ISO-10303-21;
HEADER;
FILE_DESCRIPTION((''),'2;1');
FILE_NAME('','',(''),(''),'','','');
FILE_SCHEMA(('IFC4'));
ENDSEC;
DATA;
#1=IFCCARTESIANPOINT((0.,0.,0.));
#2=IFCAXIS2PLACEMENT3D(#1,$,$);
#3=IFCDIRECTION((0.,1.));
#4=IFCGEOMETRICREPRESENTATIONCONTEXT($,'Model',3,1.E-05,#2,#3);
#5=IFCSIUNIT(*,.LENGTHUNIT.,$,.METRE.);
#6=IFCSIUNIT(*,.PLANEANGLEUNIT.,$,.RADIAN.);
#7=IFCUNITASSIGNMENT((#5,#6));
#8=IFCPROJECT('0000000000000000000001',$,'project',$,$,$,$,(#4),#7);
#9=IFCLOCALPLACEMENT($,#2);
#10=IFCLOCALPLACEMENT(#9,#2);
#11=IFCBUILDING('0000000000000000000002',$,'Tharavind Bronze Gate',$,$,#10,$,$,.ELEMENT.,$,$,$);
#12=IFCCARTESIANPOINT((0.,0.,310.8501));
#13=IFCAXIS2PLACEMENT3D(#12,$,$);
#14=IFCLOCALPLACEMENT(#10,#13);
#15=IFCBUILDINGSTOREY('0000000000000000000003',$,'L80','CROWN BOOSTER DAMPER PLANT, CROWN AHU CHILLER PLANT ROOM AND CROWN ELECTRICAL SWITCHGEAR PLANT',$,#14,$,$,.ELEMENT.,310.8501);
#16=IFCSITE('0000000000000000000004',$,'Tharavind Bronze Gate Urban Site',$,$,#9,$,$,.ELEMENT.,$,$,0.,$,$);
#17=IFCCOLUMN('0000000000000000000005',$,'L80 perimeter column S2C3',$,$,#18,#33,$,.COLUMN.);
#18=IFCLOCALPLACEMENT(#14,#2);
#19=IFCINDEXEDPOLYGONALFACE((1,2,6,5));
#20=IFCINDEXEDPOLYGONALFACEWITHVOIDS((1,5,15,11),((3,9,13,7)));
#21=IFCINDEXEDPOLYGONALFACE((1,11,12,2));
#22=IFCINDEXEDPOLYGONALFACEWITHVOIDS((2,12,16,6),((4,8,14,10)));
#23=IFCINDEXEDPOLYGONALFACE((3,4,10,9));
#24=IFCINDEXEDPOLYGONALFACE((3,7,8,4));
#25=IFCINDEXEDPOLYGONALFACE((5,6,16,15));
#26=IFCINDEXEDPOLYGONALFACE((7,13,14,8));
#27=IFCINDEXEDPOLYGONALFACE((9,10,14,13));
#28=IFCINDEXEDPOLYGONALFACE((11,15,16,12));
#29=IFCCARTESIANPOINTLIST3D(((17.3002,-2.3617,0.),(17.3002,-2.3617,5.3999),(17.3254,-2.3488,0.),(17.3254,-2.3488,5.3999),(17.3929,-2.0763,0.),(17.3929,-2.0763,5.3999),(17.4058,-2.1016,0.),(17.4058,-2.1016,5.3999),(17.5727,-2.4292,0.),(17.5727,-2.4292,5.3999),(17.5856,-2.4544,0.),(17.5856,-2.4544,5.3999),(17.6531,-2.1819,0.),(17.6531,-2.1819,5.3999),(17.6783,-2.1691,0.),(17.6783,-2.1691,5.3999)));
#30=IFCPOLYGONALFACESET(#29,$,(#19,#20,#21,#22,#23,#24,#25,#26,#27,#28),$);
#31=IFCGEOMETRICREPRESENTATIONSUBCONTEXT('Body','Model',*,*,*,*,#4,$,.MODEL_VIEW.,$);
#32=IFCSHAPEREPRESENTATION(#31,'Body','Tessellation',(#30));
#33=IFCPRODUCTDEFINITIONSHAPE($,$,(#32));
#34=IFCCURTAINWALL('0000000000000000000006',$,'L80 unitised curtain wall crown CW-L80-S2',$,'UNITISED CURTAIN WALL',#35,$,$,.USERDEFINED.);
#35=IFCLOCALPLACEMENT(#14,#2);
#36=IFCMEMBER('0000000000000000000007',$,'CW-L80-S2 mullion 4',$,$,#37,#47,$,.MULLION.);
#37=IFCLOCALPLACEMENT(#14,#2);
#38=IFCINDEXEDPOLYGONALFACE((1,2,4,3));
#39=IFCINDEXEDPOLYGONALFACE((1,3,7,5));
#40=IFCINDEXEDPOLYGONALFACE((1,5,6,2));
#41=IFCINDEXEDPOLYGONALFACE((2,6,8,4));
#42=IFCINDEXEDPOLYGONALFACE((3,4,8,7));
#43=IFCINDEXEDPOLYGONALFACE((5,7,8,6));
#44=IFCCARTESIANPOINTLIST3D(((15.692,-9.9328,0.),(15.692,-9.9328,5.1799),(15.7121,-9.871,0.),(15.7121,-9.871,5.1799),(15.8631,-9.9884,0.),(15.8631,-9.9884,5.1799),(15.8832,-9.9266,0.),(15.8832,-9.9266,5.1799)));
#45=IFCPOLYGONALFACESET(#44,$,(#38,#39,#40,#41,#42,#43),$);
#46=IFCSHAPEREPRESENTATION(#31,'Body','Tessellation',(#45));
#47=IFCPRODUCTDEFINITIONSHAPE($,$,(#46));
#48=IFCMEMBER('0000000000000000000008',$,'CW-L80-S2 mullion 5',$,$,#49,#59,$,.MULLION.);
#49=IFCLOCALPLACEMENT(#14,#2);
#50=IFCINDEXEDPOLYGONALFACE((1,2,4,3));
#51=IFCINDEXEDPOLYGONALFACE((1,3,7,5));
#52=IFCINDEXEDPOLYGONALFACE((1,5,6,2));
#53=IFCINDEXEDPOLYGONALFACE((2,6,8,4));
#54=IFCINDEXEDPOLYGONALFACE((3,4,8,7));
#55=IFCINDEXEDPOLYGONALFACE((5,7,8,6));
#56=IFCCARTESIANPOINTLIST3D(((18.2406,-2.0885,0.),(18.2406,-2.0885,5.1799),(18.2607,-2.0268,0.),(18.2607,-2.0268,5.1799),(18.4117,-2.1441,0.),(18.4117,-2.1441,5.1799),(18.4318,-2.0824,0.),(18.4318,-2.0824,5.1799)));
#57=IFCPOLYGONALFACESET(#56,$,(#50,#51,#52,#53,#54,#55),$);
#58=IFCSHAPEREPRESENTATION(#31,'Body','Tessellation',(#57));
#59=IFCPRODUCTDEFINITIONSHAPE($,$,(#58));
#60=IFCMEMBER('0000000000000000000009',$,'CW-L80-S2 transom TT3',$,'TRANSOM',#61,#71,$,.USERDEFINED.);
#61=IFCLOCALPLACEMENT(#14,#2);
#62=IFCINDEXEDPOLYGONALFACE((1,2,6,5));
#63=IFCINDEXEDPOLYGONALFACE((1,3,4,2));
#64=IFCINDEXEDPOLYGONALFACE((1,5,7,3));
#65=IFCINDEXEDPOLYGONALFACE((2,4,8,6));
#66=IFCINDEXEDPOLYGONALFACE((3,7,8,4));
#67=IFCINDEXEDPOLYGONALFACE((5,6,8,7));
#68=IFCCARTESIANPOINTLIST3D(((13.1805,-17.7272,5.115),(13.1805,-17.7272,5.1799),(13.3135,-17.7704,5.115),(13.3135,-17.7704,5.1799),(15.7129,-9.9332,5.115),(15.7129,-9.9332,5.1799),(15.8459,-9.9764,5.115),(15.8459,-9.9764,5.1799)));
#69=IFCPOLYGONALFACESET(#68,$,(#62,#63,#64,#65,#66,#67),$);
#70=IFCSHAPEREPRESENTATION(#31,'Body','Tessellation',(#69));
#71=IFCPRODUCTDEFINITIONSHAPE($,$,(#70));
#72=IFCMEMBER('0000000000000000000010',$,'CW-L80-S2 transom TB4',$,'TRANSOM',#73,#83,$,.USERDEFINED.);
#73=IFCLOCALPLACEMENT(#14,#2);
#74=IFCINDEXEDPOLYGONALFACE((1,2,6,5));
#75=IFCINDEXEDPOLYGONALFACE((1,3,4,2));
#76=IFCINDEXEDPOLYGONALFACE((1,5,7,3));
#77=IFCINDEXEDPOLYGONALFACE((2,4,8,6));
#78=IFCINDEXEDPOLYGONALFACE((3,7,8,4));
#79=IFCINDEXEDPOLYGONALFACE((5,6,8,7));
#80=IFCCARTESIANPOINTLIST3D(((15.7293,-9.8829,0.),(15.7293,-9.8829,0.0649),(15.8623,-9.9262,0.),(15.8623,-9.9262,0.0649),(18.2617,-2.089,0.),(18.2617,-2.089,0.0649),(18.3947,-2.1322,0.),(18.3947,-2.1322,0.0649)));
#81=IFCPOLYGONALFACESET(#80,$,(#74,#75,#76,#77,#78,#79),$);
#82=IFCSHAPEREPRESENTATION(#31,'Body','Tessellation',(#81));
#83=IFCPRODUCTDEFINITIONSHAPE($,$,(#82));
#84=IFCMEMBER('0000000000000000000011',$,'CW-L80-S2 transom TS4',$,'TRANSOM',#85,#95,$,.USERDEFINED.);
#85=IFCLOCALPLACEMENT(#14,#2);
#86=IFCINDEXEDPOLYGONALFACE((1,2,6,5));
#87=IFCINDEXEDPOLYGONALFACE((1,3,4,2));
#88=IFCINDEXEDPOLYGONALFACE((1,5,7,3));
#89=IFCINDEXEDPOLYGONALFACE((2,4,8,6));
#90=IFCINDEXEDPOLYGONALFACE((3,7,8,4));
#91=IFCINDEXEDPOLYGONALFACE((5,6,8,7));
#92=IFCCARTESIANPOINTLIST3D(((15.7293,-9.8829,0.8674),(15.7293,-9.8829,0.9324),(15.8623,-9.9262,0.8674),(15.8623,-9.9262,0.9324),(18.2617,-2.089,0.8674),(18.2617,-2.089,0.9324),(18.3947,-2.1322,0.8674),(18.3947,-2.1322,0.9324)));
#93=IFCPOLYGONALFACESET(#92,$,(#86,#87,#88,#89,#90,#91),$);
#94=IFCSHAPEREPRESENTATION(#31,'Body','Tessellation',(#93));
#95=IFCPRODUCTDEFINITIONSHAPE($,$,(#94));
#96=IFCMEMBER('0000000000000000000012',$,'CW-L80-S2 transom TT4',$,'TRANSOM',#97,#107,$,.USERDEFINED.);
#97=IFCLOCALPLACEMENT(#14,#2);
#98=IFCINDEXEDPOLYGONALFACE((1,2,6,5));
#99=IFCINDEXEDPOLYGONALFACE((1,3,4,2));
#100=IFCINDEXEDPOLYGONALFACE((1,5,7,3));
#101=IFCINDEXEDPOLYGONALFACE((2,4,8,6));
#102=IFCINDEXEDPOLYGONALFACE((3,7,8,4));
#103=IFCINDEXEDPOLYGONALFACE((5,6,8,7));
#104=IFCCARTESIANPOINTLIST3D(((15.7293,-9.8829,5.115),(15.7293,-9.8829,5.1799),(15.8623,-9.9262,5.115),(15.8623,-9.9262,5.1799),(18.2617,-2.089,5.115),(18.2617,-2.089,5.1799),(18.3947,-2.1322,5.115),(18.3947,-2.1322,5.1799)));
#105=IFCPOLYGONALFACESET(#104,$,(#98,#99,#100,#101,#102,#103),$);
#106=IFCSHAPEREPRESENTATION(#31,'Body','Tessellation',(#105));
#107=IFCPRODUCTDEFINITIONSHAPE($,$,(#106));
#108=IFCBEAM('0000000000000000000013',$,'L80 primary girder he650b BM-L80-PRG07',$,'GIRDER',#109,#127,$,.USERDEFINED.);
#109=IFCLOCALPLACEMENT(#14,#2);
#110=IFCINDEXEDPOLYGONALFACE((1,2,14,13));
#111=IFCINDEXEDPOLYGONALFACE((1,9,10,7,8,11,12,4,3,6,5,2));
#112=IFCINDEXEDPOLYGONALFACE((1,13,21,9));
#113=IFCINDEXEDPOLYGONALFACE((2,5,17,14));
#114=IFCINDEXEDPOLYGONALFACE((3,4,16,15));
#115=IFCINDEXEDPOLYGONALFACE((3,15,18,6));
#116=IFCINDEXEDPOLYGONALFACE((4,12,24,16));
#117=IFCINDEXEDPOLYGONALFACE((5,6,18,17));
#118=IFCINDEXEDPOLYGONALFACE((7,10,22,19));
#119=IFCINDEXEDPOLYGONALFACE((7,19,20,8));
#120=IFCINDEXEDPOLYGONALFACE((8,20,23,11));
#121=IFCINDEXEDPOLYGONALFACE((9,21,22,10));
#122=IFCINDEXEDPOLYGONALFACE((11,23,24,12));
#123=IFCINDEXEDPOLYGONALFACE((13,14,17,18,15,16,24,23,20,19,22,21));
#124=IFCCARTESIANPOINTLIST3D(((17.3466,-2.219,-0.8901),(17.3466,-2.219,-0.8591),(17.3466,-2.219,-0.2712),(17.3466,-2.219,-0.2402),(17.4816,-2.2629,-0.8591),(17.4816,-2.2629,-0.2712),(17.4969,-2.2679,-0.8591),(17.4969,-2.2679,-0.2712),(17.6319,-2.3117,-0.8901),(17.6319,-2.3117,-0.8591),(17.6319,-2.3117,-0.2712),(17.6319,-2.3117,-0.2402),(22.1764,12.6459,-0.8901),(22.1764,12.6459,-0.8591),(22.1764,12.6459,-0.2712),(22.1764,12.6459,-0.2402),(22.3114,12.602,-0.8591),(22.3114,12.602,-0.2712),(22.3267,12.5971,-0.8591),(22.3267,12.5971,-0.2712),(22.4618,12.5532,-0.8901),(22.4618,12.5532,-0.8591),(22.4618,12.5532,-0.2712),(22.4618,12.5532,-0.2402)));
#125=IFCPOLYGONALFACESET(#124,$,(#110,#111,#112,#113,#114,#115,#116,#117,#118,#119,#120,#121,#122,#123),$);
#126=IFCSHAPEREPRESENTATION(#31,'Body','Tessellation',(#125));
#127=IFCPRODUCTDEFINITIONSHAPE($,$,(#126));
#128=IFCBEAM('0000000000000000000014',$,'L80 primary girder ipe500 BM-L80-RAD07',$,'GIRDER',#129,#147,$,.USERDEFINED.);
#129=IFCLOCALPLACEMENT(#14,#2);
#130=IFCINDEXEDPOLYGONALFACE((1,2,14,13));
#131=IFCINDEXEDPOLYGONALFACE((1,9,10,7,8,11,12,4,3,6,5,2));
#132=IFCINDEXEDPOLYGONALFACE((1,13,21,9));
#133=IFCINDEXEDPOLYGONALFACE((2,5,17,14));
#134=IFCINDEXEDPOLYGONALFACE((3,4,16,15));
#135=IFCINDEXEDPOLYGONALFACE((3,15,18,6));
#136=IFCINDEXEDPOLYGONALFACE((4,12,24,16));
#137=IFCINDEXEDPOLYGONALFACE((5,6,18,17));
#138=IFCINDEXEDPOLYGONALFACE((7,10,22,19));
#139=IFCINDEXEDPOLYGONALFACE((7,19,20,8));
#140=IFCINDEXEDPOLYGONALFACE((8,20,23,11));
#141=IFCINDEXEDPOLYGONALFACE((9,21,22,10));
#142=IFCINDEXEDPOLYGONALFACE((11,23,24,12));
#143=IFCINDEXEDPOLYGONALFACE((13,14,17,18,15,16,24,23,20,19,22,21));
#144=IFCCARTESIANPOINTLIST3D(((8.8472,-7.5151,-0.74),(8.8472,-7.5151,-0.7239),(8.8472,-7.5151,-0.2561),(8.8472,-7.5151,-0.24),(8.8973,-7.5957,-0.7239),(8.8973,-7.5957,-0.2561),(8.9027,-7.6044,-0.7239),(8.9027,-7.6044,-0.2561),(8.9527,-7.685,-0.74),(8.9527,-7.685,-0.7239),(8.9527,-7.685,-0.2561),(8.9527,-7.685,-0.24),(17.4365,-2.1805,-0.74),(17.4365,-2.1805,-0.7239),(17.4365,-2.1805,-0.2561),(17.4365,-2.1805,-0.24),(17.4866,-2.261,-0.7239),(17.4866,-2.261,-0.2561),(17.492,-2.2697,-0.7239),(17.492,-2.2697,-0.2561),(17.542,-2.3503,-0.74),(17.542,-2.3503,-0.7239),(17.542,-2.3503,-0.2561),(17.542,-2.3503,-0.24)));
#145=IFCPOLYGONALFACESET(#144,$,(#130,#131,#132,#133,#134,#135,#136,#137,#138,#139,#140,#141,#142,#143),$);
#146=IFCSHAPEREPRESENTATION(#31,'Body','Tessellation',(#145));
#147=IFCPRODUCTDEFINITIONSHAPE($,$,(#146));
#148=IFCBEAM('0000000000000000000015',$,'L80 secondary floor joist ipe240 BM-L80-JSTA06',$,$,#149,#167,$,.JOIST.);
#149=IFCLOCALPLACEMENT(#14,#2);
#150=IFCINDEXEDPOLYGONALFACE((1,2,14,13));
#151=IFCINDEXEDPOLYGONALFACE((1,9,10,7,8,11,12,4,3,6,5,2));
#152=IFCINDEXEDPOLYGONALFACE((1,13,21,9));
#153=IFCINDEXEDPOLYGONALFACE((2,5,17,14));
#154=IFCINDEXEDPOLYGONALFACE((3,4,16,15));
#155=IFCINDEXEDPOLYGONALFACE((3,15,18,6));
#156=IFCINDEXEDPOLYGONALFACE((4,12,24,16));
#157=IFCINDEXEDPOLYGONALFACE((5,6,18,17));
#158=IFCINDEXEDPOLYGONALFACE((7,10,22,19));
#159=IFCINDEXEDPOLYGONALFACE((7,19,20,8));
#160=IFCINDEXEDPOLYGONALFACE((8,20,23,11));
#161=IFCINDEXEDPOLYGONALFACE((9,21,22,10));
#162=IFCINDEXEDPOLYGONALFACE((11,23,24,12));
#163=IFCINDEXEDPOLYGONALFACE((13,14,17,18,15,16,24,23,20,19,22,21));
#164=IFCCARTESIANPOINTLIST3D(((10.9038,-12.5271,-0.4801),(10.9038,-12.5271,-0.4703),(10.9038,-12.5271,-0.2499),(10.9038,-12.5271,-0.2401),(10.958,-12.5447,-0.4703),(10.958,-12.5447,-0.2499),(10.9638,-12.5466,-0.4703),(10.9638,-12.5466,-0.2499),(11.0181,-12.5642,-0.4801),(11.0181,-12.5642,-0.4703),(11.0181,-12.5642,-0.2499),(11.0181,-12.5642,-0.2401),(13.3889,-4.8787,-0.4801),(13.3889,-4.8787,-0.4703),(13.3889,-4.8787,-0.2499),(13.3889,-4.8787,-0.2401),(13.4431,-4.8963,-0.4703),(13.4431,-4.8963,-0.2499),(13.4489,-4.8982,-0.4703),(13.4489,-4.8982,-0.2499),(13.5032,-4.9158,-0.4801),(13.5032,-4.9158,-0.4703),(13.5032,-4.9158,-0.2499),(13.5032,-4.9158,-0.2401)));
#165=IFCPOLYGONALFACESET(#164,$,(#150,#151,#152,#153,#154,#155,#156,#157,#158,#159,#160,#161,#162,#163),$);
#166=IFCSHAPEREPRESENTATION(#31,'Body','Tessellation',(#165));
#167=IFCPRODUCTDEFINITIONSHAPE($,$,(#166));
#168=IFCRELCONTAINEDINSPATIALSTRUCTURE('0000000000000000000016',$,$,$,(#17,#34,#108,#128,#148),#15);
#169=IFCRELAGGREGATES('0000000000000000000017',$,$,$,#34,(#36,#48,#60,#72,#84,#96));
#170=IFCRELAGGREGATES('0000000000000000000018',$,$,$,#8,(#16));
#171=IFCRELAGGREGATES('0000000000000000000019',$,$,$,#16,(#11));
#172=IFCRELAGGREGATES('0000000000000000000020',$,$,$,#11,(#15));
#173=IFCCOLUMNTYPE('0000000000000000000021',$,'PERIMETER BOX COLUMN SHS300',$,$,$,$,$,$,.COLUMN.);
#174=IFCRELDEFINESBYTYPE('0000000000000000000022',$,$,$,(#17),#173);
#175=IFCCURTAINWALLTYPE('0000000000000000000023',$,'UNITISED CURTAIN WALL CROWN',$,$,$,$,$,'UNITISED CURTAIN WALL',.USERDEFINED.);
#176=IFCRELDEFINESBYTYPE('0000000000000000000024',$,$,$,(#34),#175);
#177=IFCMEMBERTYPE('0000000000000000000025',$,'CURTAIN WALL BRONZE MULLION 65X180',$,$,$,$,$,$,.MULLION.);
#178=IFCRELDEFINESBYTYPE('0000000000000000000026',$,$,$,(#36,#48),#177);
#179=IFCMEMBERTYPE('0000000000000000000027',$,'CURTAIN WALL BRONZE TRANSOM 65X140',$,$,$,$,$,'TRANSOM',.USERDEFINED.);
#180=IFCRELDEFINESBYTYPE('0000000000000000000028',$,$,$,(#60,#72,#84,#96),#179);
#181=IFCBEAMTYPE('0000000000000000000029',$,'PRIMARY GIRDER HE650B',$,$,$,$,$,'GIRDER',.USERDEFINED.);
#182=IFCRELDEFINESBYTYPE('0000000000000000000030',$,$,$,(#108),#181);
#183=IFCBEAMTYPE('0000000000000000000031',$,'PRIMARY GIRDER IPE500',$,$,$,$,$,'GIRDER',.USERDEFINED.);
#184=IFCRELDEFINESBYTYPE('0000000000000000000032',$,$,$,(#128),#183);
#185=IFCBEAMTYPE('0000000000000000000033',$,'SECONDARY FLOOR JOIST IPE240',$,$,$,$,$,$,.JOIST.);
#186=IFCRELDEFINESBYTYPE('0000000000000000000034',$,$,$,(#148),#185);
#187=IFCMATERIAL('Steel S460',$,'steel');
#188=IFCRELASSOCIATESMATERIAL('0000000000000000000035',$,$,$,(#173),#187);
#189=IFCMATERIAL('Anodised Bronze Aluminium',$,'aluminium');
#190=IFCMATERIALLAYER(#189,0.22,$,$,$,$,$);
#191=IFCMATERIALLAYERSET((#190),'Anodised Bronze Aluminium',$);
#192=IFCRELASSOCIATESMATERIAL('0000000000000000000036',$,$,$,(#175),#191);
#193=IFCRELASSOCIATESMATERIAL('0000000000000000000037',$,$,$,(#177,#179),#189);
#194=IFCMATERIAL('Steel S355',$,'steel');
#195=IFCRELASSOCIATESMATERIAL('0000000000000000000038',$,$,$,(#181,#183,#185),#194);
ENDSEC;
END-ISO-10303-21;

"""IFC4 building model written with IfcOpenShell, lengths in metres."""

from ifc_helpers import new_model, si_unit, direction, frame, origin, origin_2d, place, context, subcontext, project, spatial, rectangle, hollow_rectangle, i_section, extrude, material, layer, layer_set, material_profile, profile_set, type_object, element, aggregate, save


model = new_model("IFC4")

# Units and contexts
model_context = context("Model", 3, precision=1e-05, world=origin(), true_north=direction((0.0, 1.0)))
body_context = subcontext(model_context, "Body", "Model", "MODEL_VIEW")
ifc_project = project(units=[si_unit("LENGTHUNIT", "METRE"), si_unit("PLANEANGLEUNIT", "RADIAN")], contexts=[model_context])

# Site, building, storey
site_placement = place(None, origin())
site = spatial("IfcSite", under=ifc_project, at=site_placement, Name="Tharavind Bronze Gate Urban Site", CompositionType="ELEMENT", RefElevation=0.0)
building_placement = place(site_placement, origin())
building = spatial("IfcBuilding", under=site, at=building_placement, Name="Tharavind Bronze Gate", CompositionType="ELEMENT")
storey_placement = place(building_placement, frame((0.0, 0.0, 310.8501)))
storey = spatial("IfcBuildingStorey", under=building, at=storey_placement, Name="L80", Description="CROWN BOOSTER DAMPER PLANT, CROWN AHU CHILLER PLANT ROOM AND CROWN ELECTRICAL SWITCHGEAR PLANT", CompositionType="ELEMENT", Elevation=310.8501)

# Column
ifc_material_1 = material(Name="Steel S460", Category="steel")
ifc_material_profile_1 = material_profile(ifc_material_1, hollow_rectangle(XDim=0.3, YDim=0.3, WallThickness=0.02, at=origin_2d()), Name="SHS300X20")
ifc_profile_set_1 = profile_set([ifc_material_profile_1], Name="Steel S460")
column_type = type_object("IfcColumnType", Name="PERIMETER BOX COLUMN SHS300", PredefinedType="COLUMN", material=ifc_profile_set_1)
column_placement = place(storey_placement, frame((17.4893, -2.2654, 0.0), z_axis=(0.0, 0.0, 1.0), x_axis=(0.309019, 0.951056, 0.0)))
element("IfcColumn", 1, at=column_placement, inside=storey, type_object=column_type, Name="L80 perimeter column S2C3", PredefinedType="COLUMN", context=body_context, shape_type="SweptSolid", body=[
    extrude(hollow_rectangle(XDim=0.3, YDim=0.3, WallThickness=0.02, at=origin_2d()), origin(), (0.0, 0.0, 1.0), 5.3999),
])

# Curtain wall, members
ifc_material_2 = material(Name="Anodised Bronze Aluminium", Category="aluminium")
ifc_layer_1 = layer(ifc_material_2, 0.22)
ifc_layer_set_1 = layer_set([ifc_layer_1], Name="Anodised Bronze Aluminium")
curtain_wall_type = type_object("IfcCurtainWallType", Name="UNITISED CURTAIN WALL CROWN", ElementType="UNITISED CURTAIN WALL", PredefinedType="USERDEFINED", material=ifc_layer_set_1)
curtain_wall_placement = place(storey_placement, origin())
curtain_wall = element("IfcCurtainWall", 2, at=curtain_wall_placement, inside=storey, type_object=curtain_wall_type, Name="L80 unitised curtain wall crown CW-L80-S2", ObjectType="UNITISED CURTAIN WALL", PredefinedType="USERDEFINED")
member_type_1 = type_object("IfcMemberType", Name="CURTAIN WALL BRONZE MULLION 65X180", PredefinedType="MULLION", material=ifc_material_2)
member_1_placement = place(storey_placement, frame((15.7876, -9.9297, 0.0), z_axis=(0.0, 0.0, 1.0), x_axis=(0.309017, 0.951057, 0.0)))
member_1 = element("IfcMember", 3, at=member_1_placement, type_object=member_type_1, Name="CW-L80-S2 mullion 4", PredefinedType="MULLION", context=body_context, shape_type="SweptSolid", body=[
    extrude(rectangle(XDim=0.0649, YDim=0.1799, at=origin_2d()), origin(), (0.0, 0.0, 1.0), 5.1799),
])
member_2_placement = place(storey_placement, frame((18.3362, -2.0854, 0.0), z_axis=(0.0, 0.0, 1.0), x_axis=(0.309017, 0.951057, 0.0)))
member_2 = element("IfcMember", 4, at=member_2_placement, type_object=member_type_1, Name="CW-L80-S2 mullion 5", PredefinedType="MULLION", context=body_context, shape_type="SweptSolid", body=[
    extrude(rectangle(XDim=0.0649, YDim=0.1799, at=origin_2d()), origin(), (0.0, 0.0, 1.0), 5.1799),
])
member_type_2 = type_object("IfcMemberType", Name="CURTAIN WALL BRONZE TRANSOM 65X140", ElementType="TRANSOM", PredefinedType="USERDEFINED", material=ifc_material_2)
member_3_placement = place(storey_placement, frame((14.5132, -13.8518, 5.115), z_axis=(0.0, 0.0, 1.0), x_axis=(0.309017, 0.951057, 0.0)))
member_3 = element("IfcMember", 5, at=member_3_placement, type_object=member_type_2, Name="CW-L80-S2 transom TT3", ObjectType="TRANSOM", PredefinedType="USERDEFINED", context=body_context, shape_type="SweptSolid", body=[
    extrude(rectangle(XDim=8.1951, YDim=0.1399, at=origin_2d()), origin(), (0.0, 0.0, 1.0), 0.0649),
])
member_4_placement = place(storey_placement, frame((17.062, -6.0076, 0.0), z_axis=(0.0, 0.0, 1.0), x_axis=(0.309017, 0.951057, 0.0)))
member_4 = element("IfcMember", 6, at=member_4_placement, type_object=member_type_2, Name="CW-L80-S2 transom TB4", ObjectType="TRANSOM", PredefinedType="USERDEFINED", context=body_context, shape_type="SweptSolid", body=[
    extrude(rectangle(XDim=8.1951, YDim=0.1399, at=origin_2d()), origin(), (0.0, 0.0, 1.0), 0.0649),
])
member_5_placement = place(storey_placement, frame((17.062, -6.0076, 0.8674), z_axis=(0.0, 0.0, 1.0), x_axis=(0.309017, 0.951057, 0.0)))
member_5 = element("IfcMember", 7, at=member_5_placement, type_object=member_type_2, Name="CW-L80-S2 transom TS4", ObjectType="TRANSOM", PredefinedType="USERDEFINED", context=body_context, shape_type="SweptSolid", body=[
    extrude(rectangle(XDim=8.1951, YDim=0.1399, at=origin_2d()), origin(), (0.0, 0.0, 1.0), 0.0649),
])
member_6_placement = place(storey_placement, frame((17.062, -6.0076, 5.115), z_axis=(0.0, 0.0, 1.0), x_axis=(0.309017, 0.951057, 0.0)))
member_6 = element("IfcMember", 8, at=member_6_placement, type_object=member_type_2, Name="CW-L80-S2 transom TT4", ObjectType="TRANSOM", PredefinedType="USERDEFINED", context=body_context, shape_type="SweptSolid", body=[
    extrude(rectangle(XDim=8.1951, YDim=0.1399, at=origin_2d()), origin(), (0.0, 0.0, 1.0), 0.0649),
])

# Beams
ifc_material_3 = material(Name="Steel S355", Category="steel")
ifc_material_profile_2 = material_profile(ifc_material_3, i_section(OverallWidth=0.3, OverallDepth=0.6499, WebThickness=0.0161, FlangeThickness=0.031, at=origin_2d()), Name="HE650B")
ifc_profile_set_2 = profile_set([ifc_material_profile_2], Name="Steel S355")
beam_type_1 = type_object("IfcBeamType", Name="PRIMARY GIRDER HE650B", ElementType="GIRDER", PredefinedType="USERDEFINED", material=ifc_profile_set_2)
beam_1_placement = place(storey_placement, frame((17.4893, -2.2654, -0.5652), z_axis=(0.309012, 0.951058, 0.0), x_axis=(-0.951058, 0.309012, 0.0)))
element("IfcBeam", 9, at=beam_1_placement, inside=storey, type_object=beam_type_1, Name="L80 primary girder he650b BM-L80-PRG07", ObjectType="GIRDER", PredefinedType="USERDEFINED", context=body_context, shape_type="SweptSolid", body=[
    extrude(i_section(OverallWidth=0.3, OverallDepth=0.6499, WebThickness=0.0161, FlangeThickness=0.031, at=origin_2d()), origin(), (0.0, 0.0, 1.0), 15.6299),
])
ifc_material_profile_3 = material_profile(ifc_material_3, i_section(OverallWidth=0.2, OverallDepth=0.5, WebThickness=0.0103, FlangeThickness=0.0161, at=origin_2d()), Name="IPE500")
ifc_profile_set_3 = profile_set([ifc_material_profile_3], Name="Steel S355")
beam_type_2 = type_object("IfcBeamType", Name="PRIMARY GIRDER IPE500", ElementType="GIRDER", PredefinedType="USERDEFINED", material=ifc_profile_set_3)
beam_2_placement = place(storey_placement, frame((17.4893, -2.2654, -0.49), z_axis=(-0.84949, -0.527605, 0.0), x_axis=(0.527605, -0.84949, 0.0)))
element("IfcBeam", 10, at=beam_2_placement, inside=storey, type_object=beam_type_2, Name="L80 primary girder ipe500 BM-L80-RAD07", ObjectType="GIRDER", PredefinedType="USERDEFINED", context=body_context, shape_type="SweptSolid", body=[
    extrude(i_section(OverallWidth=0.2, OverallDepth=0.5, WebThickness=0.0103, FlangeThickness=0.0161, at=origin_2d()), origin(), (0.0, 0.0, 1.0), 10.1111),
])
ifc_material_profile_4 = material_profile(ifc_material_3, i_section(OverallWidth=0.1201, OverallDepth=0.24, WebThickness=0.0061, FlangeThickness=0.0098, at=origin_2d()), Name="IPE240")
ifc_profile_set_4 = profile_set([ifc_material_profile_4], Name="Steel S355")
beam_type_3 = type_object("IfcBeamType", Name="SECONDARY FLOOR JOIST IPE240", PredefinedType="JOIST", material=ifc_profile_set_4)
beam_3_placement = place(storey_placement, frame((10.9609, -12.5457, -0.3601), z_axis=(0.309015, 0.951057, 0.0), x_axis=(-0.951057, 0.309015, 0.0)))
element("IfcBeam", 11, at=beam_3_placement, inside=storey, type_object=beam_type_3, Name="L80 secondary floor joist ipe240 BM-L80-JSTA06", PredefinedType="JOIST", context=body_context, shape_type="SweptSolid", body=[
    extrude(i_section(OverallWidth=0.1201, OverallDepth=0.24, WebThickness=0.0061, FlangeThickness=0.0098, at=origin_2d()), origin(), (0.0, 0.0, 1.0), 8.042),
])

aggregate(curtain_wall, [member_1, member_2, member_3, member_4, member_5, member_6])

save(model, "model.ifc")
